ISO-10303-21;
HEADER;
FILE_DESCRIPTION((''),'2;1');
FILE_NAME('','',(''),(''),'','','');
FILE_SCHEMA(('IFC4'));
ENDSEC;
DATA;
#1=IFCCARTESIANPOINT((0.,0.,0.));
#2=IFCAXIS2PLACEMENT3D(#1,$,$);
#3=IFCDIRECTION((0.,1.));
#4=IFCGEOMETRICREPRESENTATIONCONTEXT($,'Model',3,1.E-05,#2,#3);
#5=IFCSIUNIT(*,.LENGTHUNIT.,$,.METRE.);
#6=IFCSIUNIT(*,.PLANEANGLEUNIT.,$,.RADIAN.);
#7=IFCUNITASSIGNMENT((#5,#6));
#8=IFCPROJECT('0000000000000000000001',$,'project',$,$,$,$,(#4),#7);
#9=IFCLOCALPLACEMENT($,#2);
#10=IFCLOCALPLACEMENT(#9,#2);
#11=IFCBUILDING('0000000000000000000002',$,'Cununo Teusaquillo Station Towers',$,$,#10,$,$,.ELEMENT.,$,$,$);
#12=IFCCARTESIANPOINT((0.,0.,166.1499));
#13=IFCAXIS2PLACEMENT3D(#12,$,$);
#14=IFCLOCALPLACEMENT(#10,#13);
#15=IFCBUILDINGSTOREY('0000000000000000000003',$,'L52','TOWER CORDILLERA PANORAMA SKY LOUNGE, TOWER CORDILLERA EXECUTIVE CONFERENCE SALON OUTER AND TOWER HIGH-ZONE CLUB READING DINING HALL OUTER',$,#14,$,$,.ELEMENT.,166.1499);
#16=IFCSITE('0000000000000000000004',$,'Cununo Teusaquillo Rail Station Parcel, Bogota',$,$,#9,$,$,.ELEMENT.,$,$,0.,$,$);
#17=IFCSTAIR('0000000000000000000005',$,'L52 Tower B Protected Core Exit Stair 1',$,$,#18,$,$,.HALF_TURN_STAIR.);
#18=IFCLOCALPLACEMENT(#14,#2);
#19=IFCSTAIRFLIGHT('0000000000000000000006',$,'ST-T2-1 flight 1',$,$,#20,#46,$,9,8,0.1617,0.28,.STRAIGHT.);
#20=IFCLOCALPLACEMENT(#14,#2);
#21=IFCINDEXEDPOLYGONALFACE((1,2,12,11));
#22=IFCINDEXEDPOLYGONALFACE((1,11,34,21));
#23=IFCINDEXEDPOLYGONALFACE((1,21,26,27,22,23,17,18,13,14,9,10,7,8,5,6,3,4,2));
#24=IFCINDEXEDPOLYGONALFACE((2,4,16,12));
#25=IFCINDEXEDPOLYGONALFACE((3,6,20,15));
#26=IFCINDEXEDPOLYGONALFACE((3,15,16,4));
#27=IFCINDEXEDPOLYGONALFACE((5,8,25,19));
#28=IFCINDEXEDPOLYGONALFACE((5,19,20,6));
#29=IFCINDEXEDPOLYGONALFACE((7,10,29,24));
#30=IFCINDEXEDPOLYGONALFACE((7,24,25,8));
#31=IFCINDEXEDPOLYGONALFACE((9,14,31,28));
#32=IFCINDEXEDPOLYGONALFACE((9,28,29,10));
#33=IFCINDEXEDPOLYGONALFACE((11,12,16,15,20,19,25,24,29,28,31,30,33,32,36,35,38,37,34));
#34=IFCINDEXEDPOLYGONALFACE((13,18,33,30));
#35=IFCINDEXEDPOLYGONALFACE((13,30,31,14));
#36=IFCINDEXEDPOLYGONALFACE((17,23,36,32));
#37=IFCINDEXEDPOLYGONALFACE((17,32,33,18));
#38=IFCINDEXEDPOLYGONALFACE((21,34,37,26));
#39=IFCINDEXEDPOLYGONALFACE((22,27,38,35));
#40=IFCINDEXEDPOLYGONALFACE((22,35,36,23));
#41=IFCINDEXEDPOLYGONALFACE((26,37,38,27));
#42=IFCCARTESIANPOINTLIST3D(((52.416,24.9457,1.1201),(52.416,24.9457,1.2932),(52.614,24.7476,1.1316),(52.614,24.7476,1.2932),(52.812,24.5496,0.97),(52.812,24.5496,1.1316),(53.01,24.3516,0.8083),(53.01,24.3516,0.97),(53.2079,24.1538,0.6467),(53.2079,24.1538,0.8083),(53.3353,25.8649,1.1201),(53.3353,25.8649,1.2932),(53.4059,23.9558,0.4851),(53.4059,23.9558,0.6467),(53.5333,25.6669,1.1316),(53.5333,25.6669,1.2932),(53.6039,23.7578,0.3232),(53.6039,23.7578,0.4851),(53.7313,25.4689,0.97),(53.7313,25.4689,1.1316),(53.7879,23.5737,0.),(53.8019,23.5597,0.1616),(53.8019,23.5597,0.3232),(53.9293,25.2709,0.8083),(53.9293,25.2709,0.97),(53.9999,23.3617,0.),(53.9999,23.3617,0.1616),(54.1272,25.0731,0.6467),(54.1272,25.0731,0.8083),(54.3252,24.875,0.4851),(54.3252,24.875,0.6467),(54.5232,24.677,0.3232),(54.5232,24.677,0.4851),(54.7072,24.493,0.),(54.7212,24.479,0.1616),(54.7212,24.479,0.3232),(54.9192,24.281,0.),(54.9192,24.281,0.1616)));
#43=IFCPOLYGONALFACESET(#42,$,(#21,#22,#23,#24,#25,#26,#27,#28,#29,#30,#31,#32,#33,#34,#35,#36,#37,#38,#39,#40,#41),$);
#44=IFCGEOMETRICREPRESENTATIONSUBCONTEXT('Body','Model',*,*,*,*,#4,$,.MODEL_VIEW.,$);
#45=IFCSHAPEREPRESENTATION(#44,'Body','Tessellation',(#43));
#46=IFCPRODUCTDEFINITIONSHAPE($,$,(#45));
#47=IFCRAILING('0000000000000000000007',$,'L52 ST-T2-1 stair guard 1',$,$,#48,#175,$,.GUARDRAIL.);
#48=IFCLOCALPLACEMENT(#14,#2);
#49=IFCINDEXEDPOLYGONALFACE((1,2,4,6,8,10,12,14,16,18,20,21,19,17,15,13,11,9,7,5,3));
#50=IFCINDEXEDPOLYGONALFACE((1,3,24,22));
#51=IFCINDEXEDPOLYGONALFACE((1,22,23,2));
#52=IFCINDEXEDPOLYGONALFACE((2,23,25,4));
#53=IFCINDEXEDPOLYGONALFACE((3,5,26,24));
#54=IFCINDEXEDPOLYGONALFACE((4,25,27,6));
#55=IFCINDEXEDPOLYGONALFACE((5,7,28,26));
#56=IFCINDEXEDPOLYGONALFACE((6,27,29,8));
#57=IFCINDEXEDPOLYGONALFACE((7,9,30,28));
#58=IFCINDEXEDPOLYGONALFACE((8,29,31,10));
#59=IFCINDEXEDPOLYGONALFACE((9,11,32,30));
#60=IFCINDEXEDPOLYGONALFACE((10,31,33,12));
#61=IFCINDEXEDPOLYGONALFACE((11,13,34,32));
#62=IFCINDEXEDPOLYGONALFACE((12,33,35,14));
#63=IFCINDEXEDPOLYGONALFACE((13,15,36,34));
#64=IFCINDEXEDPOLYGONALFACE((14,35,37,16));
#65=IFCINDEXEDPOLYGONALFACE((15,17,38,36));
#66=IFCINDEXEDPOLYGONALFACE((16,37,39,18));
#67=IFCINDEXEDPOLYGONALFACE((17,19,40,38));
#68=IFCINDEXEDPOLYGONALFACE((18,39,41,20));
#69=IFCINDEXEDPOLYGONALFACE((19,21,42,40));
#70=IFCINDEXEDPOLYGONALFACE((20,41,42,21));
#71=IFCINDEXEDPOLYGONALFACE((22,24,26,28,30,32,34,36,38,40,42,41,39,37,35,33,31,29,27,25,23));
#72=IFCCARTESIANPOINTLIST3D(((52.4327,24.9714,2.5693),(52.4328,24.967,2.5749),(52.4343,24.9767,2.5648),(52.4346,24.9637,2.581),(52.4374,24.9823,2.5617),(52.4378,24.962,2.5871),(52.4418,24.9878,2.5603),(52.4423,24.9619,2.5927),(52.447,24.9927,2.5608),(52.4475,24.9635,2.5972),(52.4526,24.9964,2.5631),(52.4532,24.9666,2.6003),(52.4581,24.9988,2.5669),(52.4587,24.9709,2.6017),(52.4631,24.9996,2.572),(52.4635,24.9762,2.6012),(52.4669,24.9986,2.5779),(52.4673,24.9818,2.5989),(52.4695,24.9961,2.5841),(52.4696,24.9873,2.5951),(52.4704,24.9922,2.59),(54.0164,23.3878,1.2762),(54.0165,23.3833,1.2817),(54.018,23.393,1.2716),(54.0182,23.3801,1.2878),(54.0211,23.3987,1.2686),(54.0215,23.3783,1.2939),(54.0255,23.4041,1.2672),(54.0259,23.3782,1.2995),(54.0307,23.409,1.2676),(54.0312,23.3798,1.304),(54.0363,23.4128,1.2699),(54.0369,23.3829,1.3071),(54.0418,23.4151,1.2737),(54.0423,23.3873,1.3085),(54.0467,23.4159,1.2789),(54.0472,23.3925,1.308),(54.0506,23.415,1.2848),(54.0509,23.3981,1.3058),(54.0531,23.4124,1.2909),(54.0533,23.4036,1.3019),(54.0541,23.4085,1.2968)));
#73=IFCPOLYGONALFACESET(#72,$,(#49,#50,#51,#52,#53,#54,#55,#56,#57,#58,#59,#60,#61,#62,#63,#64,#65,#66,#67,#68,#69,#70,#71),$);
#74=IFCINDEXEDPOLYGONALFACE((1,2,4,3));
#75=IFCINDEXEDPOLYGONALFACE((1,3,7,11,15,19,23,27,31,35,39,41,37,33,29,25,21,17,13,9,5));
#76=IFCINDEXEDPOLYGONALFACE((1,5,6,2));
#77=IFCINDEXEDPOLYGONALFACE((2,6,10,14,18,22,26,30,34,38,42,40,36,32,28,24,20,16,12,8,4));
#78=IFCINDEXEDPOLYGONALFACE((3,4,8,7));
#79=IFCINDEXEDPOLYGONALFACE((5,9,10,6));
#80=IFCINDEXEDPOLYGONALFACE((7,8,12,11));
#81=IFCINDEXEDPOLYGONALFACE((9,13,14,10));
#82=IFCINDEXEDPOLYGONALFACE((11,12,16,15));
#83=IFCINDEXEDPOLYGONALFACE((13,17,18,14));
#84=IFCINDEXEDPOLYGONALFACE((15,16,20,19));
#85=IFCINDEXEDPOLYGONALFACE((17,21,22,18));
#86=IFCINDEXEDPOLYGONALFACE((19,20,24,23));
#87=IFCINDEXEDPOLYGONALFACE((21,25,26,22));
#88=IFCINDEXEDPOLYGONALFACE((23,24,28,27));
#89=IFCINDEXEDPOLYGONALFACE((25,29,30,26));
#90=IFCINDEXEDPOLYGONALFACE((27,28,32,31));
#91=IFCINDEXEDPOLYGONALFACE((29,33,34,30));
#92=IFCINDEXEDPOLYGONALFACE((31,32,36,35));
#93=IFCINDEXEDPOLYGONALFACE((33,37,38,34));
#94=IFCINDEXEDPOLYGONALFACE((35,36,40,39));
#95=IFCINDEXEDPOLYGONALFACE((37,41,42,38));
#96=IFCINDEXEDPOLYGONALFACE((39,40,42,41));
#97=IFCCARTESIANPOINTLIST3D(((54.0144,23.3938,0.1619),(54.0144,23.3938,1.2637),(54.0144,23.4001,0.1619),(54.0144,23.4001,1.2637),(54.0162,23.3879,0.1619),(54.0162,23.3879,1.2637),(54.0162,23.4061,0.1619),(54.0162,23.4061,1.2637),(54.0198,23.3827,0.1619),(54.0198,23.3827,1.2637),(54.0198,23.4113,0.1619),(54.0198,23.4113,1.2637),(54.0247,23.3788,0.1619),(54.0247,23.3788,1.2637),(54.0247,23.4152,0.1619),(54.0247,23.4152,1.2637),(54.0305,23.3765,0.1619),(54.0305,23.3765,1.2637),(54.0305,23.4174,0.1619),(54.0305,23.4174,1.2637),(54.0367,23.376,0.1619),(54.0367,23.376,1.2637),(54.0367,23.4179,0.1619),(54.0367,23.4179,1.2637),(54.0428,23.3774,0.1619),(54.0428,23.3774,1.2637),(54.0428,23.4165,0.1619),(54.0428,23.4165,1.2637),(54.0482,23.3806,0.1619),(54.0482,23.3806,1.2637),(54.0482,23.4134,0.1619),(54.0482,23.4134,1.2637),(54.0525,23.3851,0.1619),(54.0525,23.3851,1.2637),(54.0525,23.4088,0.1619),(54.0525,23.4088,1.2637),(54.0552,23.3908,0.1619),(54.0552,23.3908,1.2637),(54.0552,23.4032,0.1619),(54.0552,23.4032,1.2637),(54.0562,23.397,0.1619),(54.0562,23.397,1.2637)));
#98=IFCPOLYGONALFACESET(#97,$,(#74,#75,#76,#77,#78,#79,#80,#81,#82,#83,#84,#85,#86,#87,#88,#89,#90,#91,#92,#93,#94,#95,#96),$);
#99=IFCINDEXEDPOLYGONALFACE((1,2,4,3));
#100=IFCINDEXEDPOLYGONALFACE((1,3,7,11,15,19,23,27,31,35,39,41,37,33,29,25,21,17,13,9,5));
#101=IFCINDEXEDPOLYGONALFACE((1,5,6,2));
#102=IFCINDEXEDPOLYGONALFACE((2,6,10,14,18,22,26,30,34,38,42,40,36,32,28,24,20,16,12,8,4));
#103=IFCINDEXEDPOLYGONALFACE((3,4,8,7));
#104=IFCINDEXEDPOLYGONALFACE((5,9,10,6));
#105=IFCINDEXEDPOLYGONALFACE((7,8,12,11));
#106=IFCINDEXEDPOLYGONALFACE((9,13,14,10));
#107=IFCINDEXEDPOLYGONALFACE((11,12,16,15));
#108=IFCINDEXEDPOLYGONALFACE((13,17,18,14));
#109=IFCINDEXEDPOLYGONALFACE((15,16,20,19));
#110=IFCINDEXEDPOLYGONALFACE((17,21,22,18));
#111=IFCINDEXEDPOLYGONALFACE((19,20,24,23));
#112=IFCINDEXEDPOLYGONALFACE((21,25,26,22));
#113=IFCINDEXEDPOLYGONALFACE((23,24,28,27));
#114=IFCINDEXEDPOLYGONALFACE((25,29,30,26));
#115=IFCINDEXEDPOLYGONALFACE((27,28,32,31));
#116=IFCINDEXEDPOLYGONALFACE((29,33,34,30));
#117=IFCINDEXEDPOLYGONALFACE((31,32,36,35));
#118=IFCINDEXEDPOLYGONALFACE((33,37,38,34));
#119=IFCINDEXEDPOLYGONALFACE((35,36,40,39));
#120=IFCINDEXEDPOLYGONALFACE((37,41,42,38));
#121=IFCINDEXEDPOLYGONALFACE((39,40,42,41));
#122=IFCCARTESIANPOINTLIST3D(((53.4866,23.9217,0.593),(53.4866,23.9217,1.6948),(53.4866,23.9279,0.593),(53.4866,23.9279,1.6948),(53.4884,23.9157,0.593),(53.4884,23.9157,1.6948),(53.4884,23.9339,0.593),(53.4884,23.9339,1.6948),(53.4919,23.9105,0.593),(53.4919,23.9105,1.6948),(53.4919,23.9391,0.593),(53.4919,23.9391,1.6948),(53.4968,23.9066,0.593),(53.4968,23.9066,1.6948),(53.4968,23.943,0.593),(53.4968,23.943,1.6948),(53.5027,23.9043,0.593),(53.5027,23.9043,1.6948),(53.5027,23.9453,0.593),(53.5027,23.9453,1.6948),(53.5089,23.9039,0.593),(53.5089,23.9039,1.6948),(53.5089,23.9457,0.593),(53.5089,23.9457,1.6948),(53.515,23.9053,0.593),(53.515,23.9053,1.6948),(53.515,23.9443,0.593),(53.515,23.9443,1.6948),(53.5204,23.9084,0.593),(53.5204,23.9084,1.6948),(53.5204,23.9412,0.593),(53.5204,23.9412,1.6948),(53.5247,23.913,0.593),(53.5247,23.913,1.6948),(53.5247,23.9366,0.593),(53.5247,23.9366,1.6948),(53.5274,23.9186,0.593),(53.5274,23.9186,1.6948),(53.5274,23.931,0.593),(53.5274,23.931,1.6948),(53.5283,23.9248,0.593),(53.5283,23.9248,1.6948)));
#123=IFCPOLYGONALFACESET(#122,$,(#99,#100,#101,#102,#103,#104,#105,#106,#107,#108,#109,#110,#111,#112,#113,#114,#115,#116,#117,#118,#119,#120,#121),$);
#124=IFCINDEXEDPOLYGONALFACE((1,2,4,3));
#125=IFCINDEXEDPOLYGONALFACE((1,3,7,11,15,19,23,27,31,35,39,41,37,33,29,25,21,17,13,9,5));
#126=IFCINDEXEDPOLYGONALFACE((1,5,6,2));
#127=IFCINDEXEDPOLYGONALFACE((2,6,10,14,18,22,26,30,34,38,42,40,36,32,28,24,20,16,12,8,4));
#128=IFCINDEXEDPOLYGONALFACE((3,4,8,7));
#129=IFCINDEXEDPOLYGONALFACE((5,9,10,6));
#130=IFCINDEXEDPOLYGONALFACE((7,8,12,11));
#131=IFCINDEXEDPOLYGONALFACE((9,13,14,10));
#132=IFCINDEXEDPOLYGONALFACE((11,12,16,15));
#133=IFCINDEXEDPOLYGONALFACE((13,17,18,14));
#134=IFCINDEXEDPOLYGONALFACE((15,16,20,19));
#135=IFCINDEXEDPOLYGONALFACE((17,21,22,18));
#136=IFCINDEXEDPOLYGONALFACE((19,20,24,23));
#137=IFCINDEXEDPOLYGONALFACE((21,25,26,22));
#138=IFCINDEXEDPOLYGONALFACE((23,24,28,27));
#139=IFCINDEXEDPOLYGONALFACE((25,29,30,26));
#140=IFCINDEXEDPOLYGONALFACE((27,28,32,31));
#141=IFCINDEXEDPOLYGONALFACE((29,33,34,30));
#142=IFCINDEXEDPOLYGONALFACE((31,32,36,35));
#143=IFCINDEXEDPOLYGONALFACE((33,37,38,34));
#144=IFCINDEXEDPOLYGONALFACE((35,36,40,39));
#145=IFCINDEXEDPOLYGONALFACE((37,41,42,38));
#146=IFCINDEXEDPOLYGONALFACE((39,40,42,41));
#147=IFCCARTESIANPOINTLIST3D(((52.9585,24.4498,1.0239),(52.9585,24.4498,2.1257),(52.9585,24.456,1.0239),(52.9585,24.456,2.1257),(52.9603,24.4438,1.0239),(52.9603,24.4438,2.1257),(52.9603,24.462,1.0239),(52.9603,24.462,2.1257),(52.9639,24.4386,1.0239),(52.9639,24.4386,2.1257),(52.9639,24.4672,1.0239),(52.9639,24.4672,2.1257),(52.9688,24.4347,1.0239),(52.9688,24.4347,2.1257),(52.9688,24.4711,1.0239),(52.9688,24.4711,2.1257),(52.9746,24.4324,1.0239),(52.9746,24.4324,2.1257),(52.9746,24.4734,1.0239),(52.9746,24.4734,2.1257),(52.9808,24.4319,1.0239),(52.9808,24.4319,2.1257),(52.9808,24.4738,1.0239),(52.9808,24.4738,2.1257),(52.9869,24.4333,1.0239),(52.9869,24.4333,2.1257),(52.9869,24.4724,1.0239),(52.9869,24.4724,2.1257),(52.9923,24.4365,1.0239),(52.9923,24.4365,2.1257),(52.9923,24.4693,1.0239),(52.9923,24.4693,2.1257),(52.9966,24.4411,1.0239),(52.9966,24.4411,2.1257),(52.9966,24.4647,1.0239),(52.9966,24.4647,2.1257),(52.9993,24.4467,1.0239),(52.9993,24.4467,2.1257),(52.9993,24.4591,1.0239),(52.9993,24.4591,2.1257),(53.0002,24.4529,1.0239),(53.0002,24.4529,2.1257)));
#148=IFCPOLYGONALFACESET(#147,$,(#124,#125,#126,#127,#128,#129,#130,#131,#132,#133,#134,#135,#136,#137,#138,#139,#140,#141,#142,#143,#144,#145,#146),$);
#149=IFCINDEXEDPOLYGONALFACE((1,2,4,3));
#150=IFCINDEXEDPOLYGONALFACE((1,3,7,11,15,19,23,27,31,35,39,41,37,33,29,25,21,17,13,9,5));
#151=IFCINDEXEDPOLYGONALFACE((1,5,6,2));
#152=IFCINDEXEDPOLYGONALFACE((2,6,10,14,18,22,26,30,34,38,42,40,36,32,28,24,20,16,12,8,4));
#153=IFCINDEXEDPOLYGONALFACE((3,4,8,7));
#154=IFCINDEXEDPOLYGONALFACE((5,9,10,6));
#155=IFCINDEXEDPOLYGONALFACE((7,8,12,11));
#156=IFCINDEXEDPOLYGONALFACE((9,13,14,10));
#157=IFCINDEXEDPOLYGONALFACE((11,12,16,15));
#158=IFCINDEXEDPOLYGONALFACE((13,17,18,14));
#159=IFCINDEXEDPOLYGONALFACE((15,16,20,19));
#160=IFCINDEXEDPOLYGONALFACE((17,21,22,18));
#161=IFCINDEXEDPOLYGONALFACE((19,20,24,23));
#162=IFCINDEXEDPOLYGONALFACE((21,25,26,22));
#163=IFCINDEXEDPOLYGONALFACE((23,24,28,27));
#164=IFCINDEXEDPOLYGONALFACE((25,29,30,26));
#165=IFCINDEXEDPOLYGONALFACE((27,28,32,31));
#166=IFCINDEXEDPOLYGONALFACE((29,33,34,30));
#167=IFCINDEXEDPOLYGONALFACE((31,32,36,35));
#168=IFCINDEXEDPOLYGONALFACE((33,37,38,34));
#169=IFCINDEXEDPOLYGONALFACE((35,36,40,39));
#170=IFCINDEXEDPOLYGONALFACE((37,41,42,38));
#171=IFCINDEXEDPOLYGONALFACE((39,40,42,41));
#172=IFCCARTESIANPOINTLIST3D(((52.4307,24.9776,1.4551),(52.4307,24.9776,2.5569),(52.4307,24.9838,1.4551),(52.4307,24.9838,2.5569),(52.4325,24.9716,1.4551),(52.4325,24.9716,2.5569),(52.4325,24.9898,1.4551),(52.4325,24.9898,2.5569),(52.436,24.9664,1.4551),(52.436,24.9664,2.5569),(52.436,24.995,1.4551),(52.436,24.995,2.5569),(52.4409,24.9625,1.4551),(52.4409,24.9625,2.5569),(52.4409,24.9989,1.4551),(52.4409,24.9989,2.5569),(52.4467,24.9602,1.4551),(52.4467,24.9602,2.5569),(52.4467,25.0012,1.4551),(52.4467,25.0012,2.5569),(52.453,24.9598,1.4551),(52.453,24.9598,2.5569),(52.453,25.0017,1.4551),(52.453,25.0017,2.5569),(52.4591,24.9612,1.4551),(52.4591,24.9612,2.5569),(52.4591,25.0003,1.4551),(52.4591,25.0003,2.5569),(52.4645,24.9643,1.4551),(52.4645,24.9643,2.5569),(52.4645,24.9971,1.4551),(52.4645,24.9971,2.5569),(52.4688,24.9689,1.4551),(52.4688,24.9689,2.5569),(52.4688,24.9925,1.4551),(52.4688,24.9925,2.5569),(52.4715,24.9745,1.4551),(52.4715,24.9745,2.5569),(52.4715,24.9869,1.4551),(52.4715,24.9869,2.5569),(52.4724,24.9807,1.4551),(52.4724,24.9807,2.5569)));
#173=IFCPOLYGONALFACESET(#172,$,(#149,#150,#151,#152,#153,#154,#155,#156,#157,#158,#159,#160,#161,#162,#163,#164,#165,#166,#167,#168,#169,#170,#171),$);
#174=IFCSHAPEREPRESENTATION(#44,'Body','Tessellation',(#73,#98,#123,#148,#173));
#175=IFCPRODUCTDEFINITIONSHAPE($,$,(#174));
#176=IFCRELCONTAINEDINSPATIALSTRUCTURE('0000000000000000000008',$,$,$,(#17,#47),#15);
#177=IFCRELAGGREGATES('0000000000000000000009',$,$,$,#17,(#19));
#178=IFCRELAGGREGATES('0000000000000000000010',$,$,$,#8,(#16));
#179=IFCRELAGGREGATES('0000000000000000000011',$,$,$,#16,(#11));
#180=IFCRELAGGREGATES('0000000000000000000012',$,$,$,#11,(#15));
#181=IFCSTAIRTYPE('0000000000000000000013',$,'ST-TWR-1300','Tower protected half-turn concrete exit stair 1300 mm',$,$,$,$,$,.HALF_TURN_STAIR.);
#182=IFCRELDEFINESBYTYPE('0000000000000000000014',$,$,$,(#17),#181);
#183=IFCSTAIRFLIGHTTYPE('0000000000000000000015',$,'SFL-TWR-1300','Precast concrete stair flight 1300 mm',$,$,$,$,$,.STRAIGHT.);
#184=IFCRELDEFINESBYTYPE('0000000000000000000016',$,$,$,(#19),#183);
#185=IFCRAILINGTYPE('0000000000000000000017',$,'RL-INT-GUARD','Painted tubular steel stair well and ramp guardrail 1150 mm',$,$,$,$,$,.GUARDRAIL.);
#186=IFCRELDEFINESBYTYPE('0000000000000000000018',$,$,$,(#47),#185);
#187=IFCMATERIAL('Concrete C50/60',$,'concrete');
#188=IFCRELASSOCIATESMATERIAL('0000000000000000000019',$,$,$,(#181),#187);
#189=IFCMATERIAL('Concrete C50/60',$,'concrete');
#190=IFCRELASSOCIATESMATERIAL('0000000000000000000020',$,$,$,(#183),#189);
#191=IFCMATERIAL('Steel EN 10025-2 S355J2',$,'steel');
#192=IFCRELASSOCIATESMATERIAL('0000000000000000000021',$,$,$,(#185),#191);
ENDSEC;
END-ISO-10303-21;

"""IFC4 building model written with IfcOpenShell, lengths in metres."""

from ifc_helpers import new_model, si_unit, direction, frame, origin, origin_2d, place, context, subcontext, project, spatial, polyline, circle, outline, extrude, material, type_object, element, aggregate, save


model = new_model("IFC4")

# Units and contexts
model_context = context("Model", 3, precision=1e-05, world=origin(), true_north=direction((0.0, 1.0)))
body_context = subcontext(model_context, "Body", "Model", "MODEL_VIEW")
ifc_project = project(units=[si_unit("LENGTHUNIT", "METRE"), si_unit("PLANEANGLEUNIT", "RADIAN")], contexts=[model_context])

# Site, building, storey
site_placement = place(None, origin())
site = spatial("IfcSite", under=ifc_project, at=site_placement, Name="Cununo Teusaquillo Rail Station Parcel, Bogota", CompositionType="ELEMENT", RefElevation=0.0)
building_placement = place(site_placement, origin())
building = spatial("IfcBuilding", under=site, at=building_placement, Name="Cununo Teusaquillo Station Towers", CompositionType="ELEMENT")
storey_placement = place(building_placement, frame((0.0, 0.0, 166.1499)))
storey = spatial("IfcBuildingStorey", under=building, at=storey_placement, Name="L52", Description="TOWER CORDILLERA PANORAMA SKY LOUNGE, TOWER CORDILLERA EXECUTIVE CONFERENCE SALON OUTER AND TOWER HIGH-ZONE CLUB READING DINING HALL OUTER", CompositionType="ELEMENT", Elevation=166.1499)

# Stair, stair flight
ifc_material_1 = material(Name="Concrete C50/60", Category="concrete")
stair_type = type_object("IfcStairType", Name="ST-TWR-1300", Description="Tower protected half-turn concrete exit stair 1300 mm", PredefinedType="HALF_TURN_STAIR", material=ifc_material_1)
stair_placement = place(storey_placement, origin())
stair = element("IfcStair", 1, at=stair_placement, inside=storey, type_object=stair_type, Name="L52 Tower B Protected Core Exit Stair 1", PredefinedType="HALF_TURN_STAIR")
ifc_material_2 = material(Name="Concrete C50/60", Category="concrete")
stair_flight_type = type_object("IfcStairFlightType", Name="SFL-TWR-1300", Description="Precast concrete stair flight 1300 mm", PredefinedType="STRAIGHT", material=ifc_material_2)
stair_flight_placement = place(storey_placement, frame((54.4595, 23.8213, 0.0), z_axis=(0.0, 0.0, 1.0), x_axis=(-0.707107, 0.707107, 0.0)))
stair_flight = element("IfcStairFlight", 2, at=stair_flight_placement, type_object=stair_flight_type, Name="ST-T2-1 flight 1", NumberOfRisers=9, NumberOfTreads=8, PredefinedType="STRAIGHT", RiserHeight=0.1617, TreadLength=0.28, context=body_context, shape_type="SweptSolid", body=[
    extrude(outline(polyline([(0.0, 0.0), (0.0, 0.1616), (0.28, 0.1616), (0.28, 0.3232), (0.5601, 0.3232), (0.5601, 0.4851), (0.8401, 0.4851), (0.8401, 0.6467), (1.1201, 0.6467), (1.1201, 0.8083), (1.3999, 0.8083), (1.3999, 0.97), (1.6799, 0.97), (1.6799, 1.1316), (1.96, 1.1316), (1.96, 1.2932), (2.24, 1.2932), (2.24, 1.4551), (2.24, 1.1201), (0.2998, 0.0), (0.0, 0.0)])), frame((0.0, 0.6499, 0.0), z_axis=(0.0, -1.0, 0.0), x_axis=(1.0, 0.0, 0.0)), (0.0, 0.0, 1.0), 1.3),
])
aggregate(stair, [stair_flight])

# Railing
ifc_material_3 = material(Name="Steel EN 10025-2 S355J2", Category="steel")
railing_type_1 = type_object("IfcRailingType", Name="RL-INT-GUARD", Description="Painted tubular steel stair well and ramp guardrail 1150 mm", PredefinedType="GUARDRAIL", material=ifc_material_3)
railing_1_placement = place(storey_placement, frame((54.0352, 23.397, 0.1619)))
element("IfcRailing", 3, at=railing_1_placement, inside=storey, type_object=railing_type_1, Name="L52 ST-T2-1 stair guard 1", PredefinedType="GUARDRAIL", context=body_context, shape_type="SweptSolid", body=[
    extrude(circle(Radius=0.0239, at=origin_2d()), frame((0.0, 0.0, 1.126), z_axis=(-0.612361, 0.612361, 0.500027), x_axis=(-0.707107, -0.707107, 0.0)), (0.0, 0.0, 1.0), 2.5862),
    extrude(circle(Radius=0.021, at=origin_2d()), origin(), (0.0, 0.0, 1.0), 1.1018),
    extrude(circle(Radius=0.021, at=origin_2d()), frame((-0.5278, 0.5278, 0.4312)), (0.0, 0.0, 1.0), 1.1018),
    extrude(circle(Radius=0.021, at=origin_2d()), frame((-1.0559, 1.0559, 0.8621)), (0.0, 0.0, 1.0), 1.1018),
    extrude(circle(Radius=0.021, at=origin_2d()), frame((-1.5837, 1.5837, 1.2932)), (0.0, 0.0, 1.0), 1.1018),
])

save(model, "model.ifc")
